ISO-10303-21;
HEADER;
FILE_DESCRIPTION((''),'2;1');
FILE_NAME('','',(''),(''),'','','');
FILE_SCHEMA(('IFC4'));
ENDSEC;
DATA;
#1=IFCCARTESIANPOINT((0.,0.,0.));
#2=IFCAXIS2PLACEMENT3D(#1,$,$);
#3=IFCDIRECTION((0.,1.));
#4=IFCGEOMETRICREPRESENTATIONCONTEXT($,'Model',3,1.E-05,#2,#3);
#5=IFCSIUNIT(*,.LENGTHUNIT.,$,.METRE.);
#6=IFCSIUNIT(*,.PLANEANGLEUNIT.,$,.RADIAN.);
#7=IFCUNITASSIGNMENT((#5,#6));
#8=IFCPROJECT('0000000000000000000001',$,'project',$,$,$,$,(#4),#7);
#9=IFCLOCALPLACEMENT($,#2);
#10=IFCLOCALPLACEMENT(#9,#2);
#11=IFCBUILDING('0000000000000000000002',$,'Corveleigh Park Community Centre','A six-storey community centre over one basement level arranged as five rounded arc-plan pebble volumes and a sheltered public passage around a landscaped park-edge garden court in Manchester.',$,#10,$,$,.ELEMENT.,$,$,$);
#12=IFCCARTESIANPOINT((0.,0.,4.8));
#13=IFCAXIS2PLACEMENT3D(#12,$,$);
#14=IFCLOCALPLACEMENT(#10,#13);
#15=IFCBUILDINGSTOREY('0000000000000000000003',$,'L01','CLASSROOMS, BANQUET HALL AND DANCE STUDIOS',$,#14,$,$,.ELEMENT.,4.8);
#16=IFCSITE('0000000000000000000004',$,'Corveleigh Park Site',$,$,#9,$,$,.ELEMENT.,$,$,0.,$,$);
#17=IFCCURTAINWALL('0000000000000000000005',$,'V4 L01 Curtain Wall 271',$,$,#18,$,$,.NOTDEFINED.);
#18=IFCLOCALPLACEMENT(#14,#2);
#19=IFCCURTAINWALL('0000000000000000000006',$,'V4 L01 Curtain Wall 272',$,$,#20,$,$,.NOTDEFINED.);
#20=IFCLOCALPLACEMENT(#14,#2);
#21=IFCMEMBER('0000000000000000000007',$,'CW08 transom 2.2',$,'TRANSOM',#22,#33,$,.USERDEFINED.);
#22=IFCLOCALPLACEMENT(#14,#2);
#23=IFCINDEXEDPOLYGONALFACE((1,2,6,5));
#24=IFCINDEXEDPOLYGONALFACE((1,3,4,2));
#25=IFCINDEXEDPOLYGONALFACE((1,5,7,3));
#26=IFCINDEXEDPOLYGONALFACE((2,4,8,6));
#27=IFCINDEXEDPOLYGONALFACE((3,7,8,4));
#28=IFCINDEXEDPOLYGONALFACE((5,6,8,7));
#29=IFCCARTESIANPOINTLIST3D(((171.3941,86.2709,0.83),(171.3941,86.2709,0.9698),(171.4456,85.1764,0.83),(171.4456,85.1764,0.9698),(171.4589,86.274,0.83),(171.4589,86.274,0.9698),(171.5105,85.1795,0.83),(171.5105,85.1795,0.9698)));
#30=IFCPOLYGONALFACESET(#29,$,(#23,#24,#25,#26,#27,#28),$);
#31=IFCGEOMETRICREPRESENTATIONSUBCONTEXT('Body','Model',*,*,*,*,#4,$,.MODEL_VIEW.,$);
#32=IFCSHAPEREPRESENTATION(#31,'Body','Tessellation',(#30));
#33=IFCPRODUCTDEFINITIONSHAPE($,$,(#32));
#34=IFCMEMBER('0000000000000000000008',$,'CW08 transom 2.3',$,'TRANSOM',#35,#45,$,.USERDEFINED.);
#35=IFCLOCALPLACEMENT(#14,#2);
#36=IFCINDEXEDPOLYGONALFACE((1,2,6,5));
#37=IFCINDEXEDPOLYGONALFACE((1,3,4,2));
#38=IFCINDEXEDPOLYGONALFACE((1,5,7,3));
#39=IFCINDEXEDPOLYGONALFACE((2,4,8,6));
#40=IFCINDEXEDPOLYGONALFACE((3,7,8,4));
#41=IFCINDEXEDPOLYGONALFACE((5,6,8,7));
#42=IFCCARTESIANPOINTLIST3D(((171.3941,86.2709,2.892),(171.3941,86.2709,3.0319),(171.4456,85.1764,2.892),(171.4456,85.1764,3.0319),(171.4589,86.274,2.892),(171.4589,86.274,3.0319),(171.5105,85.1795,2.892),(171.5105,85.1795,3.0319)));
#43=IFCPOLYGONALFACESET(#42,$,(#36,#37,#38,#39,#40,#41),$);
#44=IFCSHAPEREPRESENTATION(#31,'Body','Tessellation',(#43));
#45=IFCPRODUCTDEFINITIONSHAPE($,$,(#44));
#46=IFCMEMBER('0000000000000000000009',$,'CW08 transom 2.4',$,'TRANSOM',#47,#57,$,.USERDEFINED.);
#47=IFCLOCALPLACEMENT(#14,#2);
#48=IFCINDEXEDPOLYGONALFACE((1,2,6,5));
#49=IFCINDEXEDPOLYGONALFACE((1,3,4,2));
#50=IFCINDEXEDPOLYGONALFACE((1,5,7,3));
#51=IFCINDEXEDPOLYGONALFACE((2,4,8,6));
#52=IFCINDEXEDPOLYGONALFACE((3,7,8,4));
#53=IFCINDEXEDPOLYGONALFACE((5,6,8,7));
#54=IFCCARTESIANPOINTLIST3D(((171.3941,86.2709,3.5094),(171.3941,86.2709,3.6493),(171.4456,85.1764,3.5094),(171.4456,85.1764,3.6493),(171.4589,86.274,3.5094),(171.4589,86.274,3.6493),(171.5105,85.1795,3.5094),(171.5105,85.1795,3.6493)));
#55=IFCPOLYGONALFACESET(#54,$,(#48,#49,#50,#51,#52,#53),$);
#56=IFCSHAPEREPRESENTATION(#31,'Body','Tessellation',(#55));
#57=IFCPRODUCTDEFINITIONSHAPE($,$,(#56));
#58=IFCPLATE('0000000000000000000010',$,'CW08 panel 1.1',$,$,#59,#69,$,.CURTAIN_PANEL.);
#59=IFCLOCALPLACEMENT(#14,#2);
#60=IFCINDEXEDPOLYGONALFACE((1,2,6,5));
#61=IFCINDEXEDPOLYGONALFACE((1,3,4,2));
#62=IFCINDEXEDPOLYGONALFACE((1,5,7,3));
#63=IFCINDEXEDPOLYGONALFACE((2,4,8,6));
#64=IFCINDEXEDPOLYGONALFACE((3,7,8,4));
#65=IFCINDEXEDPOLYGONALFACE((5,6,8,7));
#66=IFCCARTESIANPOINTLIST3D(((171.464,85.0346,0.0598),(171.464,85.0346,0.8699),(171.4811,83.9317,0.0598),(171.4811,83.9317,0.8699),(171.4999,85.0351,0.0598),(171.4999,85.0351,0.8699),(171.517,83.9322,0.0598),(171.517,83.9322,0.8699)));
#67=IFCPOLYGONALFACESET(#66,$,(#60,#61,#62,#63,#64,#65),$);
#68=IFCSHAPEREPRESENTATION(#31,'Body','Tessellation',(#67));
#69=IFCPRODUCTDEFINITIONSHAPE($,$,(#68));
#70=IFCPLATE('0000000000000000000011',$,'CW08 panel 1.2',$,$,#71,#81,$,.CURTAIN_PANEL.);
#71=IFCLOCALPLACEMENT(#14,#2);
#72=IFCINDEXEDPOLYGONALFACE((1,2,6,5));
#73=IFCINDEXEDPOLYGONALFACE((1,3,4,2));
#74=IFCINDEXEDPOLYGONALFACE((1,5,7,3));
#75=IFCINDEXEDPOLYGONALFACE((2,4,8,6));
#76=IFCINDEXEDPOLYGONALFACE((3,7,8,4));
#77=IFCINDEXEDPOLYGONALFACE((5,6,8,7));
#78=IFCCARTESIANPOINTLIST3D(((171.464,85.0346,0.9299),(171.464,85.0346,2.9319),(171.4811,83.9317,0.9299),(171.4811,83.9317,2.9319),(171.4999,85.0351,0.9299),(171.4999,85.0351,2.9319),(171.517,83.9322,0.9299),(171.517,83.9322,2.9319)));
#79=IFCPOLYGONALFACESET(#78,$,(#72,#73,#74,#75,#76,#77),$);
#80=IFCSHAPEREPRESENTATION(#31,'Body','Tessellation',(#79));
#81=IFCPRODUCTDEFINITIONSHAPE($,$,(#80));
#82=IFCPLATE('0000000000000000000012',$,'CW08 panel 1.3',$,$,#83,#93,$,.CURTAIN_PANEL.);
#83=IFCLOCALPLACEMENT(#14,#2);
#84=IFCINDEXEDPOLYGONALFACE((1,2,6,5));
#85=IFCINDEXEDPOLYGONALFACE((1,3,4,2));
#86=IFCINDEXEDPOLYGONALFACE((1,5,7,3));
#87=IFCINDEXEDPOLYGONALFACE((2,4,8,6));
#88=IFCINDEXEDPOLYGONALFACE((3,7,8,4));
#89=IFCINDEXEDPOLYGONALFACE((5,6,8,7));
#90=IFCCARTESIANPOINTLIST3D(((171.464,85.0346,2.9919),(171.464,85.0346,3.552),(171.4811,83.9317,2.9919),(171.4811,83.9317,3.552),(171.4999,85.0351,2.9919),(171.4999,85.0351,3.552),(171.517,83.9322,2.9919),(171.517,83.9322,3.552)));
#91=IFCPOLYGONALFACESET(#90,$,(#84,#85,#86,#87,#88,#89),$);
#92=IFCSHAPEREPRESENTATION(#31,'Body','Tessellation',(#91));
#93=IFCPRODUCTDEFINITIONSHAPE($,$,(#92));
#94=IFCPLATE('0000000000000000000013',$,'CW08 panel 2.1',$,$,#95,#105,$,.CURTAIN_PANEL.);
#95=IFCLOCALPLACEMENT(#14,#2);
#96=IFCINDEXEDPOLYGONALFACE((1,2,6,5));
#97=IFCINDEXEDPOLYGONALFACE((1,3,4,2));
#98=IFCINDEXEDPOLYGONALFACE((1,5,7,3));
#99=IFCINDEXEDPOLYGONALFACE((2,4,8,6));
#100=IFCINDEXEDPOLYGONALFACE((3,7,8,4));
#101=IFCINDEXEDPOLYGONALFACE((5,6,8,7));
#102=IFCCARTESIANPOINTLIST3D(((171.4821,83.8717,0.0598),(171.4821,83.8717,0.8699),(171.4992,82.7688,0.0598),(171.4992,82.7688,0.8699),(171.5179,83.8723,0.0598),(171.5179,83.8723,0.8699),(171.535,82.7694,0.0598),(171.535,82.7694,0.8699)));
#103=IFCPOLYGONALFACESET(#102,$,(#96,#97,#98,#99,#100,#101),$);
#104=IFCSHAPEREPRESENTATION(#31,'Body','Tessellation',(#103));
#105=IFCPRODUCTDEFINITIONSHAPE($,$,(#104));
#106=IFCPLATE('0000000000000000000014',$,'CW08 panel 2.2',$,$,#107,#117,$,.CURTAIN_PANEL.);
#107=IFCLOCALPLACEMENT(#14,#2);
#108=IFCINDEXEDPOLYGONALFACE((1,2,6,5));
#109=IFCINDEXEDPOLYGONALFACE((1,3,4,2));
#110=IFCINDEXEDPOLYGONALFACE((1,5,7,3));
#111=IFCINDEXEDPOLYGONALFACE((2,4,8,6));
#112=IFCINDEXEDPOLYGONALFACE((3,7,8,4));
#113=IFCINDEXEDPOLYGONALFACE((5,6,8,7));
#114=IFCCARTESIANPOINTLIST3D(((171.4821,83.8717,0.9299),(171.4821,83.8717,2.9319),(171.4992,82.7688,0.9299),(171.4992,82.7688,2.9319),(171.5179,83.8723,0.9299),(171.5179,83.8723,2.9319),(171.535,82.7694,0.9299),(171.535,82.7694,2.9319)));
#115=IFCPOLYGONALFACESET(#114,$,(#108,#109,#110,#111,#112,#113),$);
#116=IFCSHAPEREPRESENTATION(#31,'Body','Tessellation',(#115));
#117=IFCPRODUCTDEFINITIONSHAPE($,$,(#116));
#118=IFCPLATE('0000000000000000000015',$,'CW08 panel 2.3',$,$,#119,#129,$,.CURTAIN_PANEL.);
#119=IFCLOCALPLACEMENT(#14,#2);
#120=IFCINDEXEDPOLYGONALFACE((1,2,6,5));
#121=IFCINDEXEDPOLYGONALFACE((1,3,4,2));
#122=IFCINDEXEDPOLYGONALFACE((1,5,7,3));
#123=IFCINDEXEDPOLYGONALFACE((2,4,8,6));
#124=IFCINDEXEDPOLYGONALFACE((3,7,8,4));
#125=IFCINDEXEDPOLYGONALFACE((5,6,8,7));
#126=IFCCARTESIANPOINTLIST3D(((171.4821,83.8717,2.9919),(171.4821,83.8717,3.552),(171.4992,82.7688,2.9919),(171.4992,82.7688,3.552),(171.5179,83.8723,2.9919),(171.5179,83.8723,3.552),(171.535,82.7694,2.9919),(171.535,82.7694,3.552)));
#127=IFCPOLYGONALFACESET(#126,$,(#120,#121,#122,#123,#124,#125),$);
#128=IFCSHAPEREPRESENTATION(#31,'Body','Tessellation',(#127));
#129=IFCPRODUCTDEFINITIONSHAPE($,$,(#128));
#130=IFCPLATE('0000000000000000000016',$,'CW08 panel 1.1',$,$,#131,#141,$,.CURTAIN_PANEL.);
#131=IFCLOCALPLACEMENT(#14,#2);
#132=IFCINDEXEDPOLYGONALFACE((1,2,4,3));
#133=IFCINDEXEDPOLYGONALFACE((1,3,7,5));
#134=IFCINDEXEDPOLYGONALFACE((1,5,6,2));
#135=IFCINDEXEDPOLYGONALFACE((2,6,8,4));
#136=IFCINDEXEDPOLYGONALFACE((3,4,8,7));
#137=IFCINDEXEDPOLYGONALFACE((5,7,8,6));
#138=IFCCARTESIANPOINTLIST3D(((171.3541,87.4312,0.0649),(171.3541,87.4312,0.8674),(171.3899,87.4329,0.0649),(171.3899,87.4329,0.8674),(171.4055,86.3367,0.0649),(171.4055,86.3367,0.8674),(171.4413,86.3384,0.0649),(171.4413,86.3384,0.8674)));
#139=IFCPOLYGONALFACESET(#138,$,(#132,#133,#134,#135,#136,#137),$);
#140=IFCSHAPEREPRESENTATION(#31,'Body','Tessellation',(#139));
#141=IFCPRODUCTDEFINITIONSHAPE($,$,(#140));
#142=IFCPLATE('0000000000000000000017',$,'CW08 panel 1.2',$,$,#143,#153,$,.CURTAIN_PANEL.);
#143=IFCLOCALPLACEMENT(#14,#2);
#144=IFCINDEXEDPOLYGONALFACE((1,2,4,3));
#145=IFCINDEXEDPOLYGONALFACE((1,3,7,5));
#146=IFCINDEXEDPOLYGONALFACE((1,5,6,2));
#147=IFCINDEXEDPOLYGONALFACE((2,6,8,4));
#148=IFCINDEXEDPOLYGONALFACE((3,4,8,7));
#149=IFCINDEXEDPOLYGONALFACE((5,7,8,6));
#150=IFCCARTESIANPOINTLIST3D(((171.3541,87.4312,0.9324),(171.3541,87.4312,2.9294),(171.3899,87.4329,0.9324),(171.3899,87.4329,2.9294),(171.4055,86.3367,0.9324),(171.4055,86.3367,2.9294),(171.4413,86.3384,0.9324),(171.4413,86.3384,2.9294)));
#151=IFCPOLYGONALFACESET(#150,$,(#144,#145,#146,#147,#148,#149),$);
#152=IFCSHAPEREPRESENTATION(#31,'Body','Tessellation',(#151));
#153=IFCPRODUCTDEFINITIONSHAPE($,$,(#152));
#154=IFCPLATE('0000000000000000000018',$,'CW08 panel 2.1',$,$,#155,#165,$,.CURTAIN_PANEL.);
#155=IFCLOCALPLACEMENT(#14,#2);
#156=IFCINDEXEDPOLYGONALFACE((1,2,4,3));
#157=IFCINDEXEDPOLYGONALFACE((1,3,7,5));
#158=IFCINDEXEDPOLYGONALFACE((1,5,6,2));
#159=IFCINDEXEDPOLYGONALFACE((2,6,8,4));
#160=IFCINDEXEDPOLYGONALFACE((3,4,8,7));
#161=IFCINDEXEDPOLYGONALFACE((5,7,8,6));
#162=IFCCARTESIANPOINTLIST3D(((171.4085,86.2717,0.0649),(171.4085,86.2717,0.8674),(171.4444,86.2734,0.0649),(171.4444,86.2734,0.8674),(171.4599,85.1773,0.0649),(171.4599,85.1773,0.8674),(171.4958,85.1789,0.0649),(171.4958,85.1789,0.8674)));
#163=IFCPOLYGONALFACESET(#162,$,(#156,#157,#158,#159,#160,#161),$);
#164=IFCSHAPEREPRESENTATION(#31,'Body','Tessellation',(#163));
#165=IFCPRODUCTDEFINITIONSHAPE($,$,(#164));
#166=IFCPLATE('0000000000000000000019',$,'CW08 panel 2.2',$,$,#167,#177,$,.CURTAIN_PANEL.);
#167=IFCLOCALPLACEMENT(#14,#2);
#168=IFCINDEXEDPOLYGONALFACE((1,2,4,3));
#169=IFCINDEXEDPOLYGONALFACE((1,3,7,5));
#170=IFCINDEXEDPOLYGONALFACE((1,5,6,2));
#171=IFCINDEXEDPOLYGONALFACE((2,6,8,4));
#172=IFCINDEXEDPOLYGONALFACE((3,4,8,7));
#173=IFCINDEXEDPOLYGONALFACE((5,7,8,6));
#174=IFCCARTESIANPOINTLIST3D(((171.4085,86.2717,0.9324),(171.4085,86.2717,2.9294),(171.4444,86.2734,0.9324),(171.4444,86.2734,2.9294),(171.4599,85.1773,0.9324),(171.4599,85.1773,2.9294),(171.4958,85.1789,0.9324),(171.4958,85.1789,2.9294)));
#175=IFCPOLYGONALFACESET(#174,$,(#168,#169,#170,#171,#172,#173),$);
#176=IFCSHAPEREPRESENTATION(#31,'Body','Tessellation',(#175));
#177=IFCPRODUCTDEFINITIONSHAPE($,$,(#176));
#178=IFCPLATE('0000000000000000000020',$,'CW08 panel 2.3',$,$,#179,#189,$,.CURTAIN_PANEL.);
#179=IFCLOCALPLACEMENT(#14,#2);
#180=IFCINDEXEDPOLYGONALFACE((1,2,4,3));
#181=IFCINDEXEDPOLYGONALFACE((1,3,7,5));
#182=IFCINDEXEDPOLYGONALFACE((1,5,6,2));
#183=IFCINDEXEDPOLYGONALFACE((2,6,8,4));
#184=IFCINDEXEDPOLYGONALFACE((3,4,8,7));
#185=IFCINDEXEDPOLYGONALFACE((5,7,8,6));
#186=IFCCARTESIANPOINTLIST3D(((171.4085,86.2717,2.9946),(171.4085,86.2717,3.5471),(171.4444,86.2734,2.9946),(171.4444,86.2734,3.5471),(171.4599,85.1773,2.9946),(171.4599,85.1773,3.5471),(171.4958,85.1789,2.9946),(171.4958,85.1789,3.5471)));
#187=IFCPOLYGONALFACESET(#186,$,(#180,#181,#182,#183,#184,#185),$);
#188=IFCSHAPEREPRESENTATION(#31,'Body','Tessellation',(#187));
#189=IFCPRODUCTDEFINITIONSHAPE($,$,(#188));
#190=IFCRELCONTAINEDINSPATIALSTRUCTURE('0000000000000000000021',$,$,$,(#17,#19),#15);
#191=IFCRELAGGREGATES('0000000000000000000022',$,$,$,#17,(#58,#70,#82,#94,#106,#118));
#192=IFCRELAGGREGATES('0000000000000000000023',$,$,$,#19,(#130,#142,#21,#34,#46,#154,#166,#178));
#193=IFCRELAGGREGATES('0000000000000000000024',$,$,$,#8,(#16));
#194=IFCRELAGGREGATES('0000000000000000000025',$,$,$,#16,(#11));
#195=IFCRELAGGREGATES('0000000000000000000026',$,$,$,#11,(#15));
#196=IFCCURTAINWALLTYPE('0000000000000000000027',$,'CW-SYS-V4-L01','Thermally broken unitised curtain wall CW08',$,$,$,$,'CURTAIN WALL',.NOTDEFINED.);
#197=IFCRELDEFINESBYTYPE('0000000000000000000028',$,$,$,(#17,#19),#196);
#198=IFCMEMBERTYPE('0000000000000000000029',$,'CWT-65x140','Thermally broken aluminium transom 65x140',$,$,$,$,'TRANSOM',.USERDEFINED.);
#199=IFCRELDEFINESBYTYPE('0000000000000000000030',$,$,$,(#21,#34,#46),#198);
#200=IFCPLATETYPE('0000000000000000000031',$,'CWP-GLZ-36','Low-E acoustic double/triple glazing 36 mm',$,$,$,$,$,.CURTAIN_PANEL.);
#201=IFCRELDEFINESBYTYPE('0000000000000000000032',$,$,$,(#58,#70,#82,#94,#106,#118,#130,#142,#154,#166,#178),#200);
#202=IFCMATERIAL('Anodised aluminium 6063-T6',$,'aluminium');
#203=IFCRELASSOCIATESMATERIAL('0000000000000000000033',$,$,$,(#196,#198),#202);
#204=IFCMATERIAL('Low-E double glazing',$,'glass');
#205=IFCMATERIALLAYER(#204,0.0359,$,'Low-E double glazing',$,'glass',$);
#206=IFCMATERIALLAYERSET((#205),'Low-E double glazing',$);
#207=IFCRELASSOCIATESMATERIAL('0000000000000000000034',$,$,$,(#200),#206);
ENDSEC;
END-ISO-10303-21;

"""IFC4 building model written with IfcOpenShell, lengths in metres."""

from ifc_helpers import new_model, si_unit, direction, frame, origin, origin_2d, place, context, subcontext, project, spatial, rectangle, extrude, material, layer, layer_set, material_profile, profile_set, type_object, element, aggregate, save


model = new_model("IFC4")

# Units and contexts
model_context = context("Model", 3, precision=1e-05, world=origin(), true_north=direction((0.0, 1.0)))
body_context = subcontext(model_context, "Body", "Model", "MODEL_VIEW")
ifc_project = project(units=[si_unit("LENGTHUNIT", "METRE"), si_unit("PLANEANGLEUNIT", "RADIAN")], contexts=[model_context])

# Site, building, storey
site_placement = place(None, origin())
site = spatial("IfcSite", under=ifc_project, at=site_placement, Name="Corveleigh Park Site", CompositionType="ELEMENT", RefElevation=0.0)
building_placement = place(site_placement, origin())
building = spatial("IfcBuilding", under=site, at=building_placement, Name="Corveleigh Park Community Centre", Description="A six-storey community centre over one basement level arranged as five rounded arc-plan pebble volumes and a sheltered public passage around a landscaped park-edge garden court in Manchester.", CompositionType="ELEMENT")
storey_placement = place(building_placement, frame((0.0, 0.0, 4.8)))
storey = spatial("IfcBuildingStorey", under=building, at=storey_placement, Name="L01", Description="CLASSROOMS, BANQUET HALL AND DANCE STUDIOS", CompositionType="ELEMENT", Elevation=4.8)

# Curtain walls
ifc_material_1 = material(Name="Anodised aluminium 6063-T6", Category="aluminium")
curtain_wall_type = type_object("IfcCurtainWallType", Name="CW-SYS-V4-L01", Description="Thermally broken unitised curtain wall CW08", ElementType="CURTAIN WALL", PredefinedType="NOTDEFINED", material=ifc_material_1)
curtain_wall_1_placement = place(storey_placement, origin())
curtain_wall_1 = element("IfcCurtainWall", 1, at=curtain_wall_1_placement, inside=storey, type_object=curtain_wall_type, Name="V4 L01 Curtain Wall 271", PredefinedType="NOTDEFINED")
curtain_wall_2_placement = place(storey_placement, origin())
curtain_wall_2 = element("IfcCurtainWall", 2, at=curtain_wall_2_placement, inside=storey, type_object=curtain_wall_type, Name="V4 L01 Curtain Wall 272", PredefinedType="NOTDEFINED")

# Members
ifc_material_profile_1 = material_profile(ifc_material_1, rectangle(XDim=0.0649, YDim=0.1399, at=origin_2d()), Name="ALU-T65x140", Category="aluminium")
ifc_profile_set_1 = profile_set([ifc_material_profile_1], Name="Anodised aluminium 6063-T6")
member_type_1 = type_object("IfcMemberType", Name="CWT-65x140", Description="Thermally broken aluminium transom 65x140", ElementType="TRANSOM", PredefinedType="USERDEFINED", material=ifc_profile_set_1)
member_1_placement = place(storey_placement, frame((171.4265, 86.2725, 0.8999), z_axis=(0.047015, -0.998894, 0.0), x_axis=(0.998894, 0.047015, 0.0)))
member_1 = element("IfcMember", 3, at=member_1_placement, type_object=member_type_1, Name="CW08 transom 2.2", ObjectType="TRANSOM", PredefinedType="USERDEFINED", context=body_context, shape_type="SweptSolid", body=[
    extrude(rectangle(XDim=0.0649, YDim=0.1399, at=origin_2d()), origin(), (0.0, 0.0, 1.0), 1.0957),
])
member_2_placement = place(storey_placement, frame((171.4265, 86.2725, 2.9619), z_axis=(0.047015, -0.998894, 0.0), x_axis=(0.998894, 0.047015, 0.0)))
member_2 = element("IfcMember", 4, at=member_2_placement, type_object=member_type_1, Name="CW08 transom 2.3", ObjectType="TRANSOM", PredefinedType="USERDEFINED", context=body_context, shape_type="SweptSolid", body=[
    extrude(rectangle(XDim=0.0649, YDim=0.1399, at=origin_2d()), origin(), (0.0, 0.0, 1.0), 1.0957),
])
member_3_placement = place(storey_placement, frame((171.4265, 86.2725, 3.5793), z_axis=(0.047015, -0.998894, 0.0), x_axis=(0.998894, 0.047015, 0.0)))
member_3 = element("IfcMember", 5, at=member_3_placement, type_object=member_type_1, Name="CW08 transom 2.4", ObjectType="TRANSOM", PredefinedType="USERDEFINED", context=body_context, shape_type="SweptSolid", body=[
    extrude(rectangle(XDim=0.0649, YDim=0.1399, at=origin_2d()), origin(), (0.0, 0.0, 1.0), 1.0957),
])

# Plates
ifc_material_2 = material(Name="Low-E double glazing", Category="glass")
ifc_layer_1 = layer(ifc_material_2, 0.0359, Name="Low-E double glazing", Category="glass")
ifc_layer_set_1 = layer_set([ifc_layer_1], Name="Low-E double glazing")
plate_type = type_object("IfcPlateType", Name="CWP-GLZ-36", Description="Low-E acoustic double/triple glazing 36 mm", PredefinedType="CURTAIN_PANEL", material=ifc_layer_set_1)
plate_1_placement = place(storey_placement, frame((171.4905, 84.4834, 0.0598), z_axis=(0.0, 0.0, 1.0), x_axis=(0.015505, -0.99988, 0.0)))
plate_1 = element("IfcPlate", 6, at=plate_1_placement, type_object=plate_type, Name="CW08 panel 1.1", PredefinedType="CURTAIN_PANEL", context=body_context, shape_type="SweptSolid", body=[
    extrude(rectangle(XDim=1.103, YDim=0.0359, at=origin_2d()), origin(), (0.0, 0.0, 1.0), 0.8101),
])
plate_2_placement = place(storey_placement, frame((171.4905, 84.4834, 0.9299), z_axis=(0.0, 0.0, 1.0), x_axis=(0.015505, -0.99988, 0.0)))
plate_2 = element("IfcPlate", 7, at=plate_2_placement, type_object=plate_type, Name="CW08 panel 1.2", PredefinedType="CURTAIN_PANEL", context=body_context, shape_type="SweptSolid", body=[
    extrude(rectangle(XDim=1.103, YDim=0.0359, at=origin_2d()), origin(), (0.0, 0.0, 1.0), 2.002),
])
plate_3_placement = place(storey_placement, frame((171.4905, 84.4834, 2.9919), z_axis=(0.0, 0.0, 1.0), x_axis=(0.015505, -0.99988, 0.0)))
plate_3 = element("IfcPlate", 8, at=plate_3_placement, type_object=plate_type, Name="CW08 panel 1.3", PredefinedType="CURTAIN_PANEL", context=body_context, shape_type="SweptSolid", body=[
    extrude(rectangle(XDim=1.103, YDim=0.0359, at=origin_2d()), origin(), (0.0, 0.0, 1.0), 0.5601),
])
plate_4_placement = place(storey_placement, frame((171.5085, 83.3206, 0.0598), z_axis=(0.0, 0.0, 1.0), x_axis=(0.015505, -0.99988, 0.0)))
plate_4 = element("IfcPlate", 9, at=plate_4_placement, type_object=plate_type, Name="CW08 panel 2.1", PredefinedType="CURTAIN_PANEL", context=body_context, shape_type="SweptSolid", body=[
    extrude(rectangle(XDim=1.103, YDim=0.0359, at=origin_2d()), origin(), (0.0, 0.0, 1.0), 0.8101),
])
plate_5_placement = place(storey_placement, frame((171.5085, 83.3206, 0.9299), z_axis=(0.0, 0.0, 1.0), x_axis=(0.015505, -0.99988, 0.0)))
plate_5 = element("IfcPlate", 10, at=plate_5_placement, type_object=plate_type, Name="CW08 panel 2.2", PredefinedType="CURTAIN_PANEL", context=body_context, shape_type="SweptSolid", body=[
    extrude(rectangle(XDim=1.103, YDim=0.0359, at=origin_2d()), origin(), (0.0, 0.0, 1.0), 2.002),
])
plate_6_placement = place(storey_placement, frame((171.5085, 83.3206, 2.9919), z_axis=(0.0, 0.0, 1.0), x_axis=(0.015505, -0.99988, 0.0)))
plate_6 = element("IfcPlate", 11, at=plate_6_placement, type_object=plate_type, Name="CW08 panel 2.3", PredefinedType="CURTAIN_PANEL", context=body_context, shape_type="SweptSolid", body=[
    extrude(rectangle(XDim=1.103, YDim=0.0359, at=origin_2d()), origin(), (0.0, 0.0, 1.0), 0.5601),
])
aggregate(curtain_wall_1, [plate_1, plate_2, plate_3, plate_4, plate_5, plate_6])
plate_7_placement = place(storey_placement, frame((171.3977, 86.8848, 0.0649), z_axis=(0.0, 0.0, 1.0), x_axis=(0.046928, -0.998898, 0.0)))
plate_7 = element("IfcPlate", 12, at=plate_7_placement, type_object=plate_type, Name="CW08 panel 1.1", PredefinedType="CURTAIN_PANEL", context=body_context, shape_type="SweptSolid", body=[
    extrude(rectangle(XDim=1.0957, YDim=0.0359, at=origin_2d()), origin(), (0.0, 0.0, 1.0), 0.8025),
])
plate_8_placement = place(storey_placement, frame((171.3977, 86.8848, 0.9324), z_axis=(0.0, 0.0, 1.0), x_axis=(0.046928, -0.998898, 0.0)))
plate_8 = element("IfcPlate", 13, at=plate_8_placement, type_object=plate_type, Name="CW08 panel 1.2", PredefinedType="CURTAIN_PANEL", context=body_context, shape_type="SweptSolid", body=[
    extrude(rectangle(XDim=1.0957, YDim=0.0359, at=origin_2d()), origin(), (0.0, 0.0, 1.0), 1.9971),
])
plate_9_placement = place(storey_placement, frame((171.4521, 85.7253, 0.0649), z_axis=(0.0, 0.0, 1.0), x_axis=(0.046928, -0.998898, 0.0)))
plate_9 = element("IfcPlate", 14, at=plate_9_placement, type_object=plate_type, Name="CW08 panel 2.1", PredefinedType="CURTAIN_PANEL", context=body_context, shape_type="SweptSolid", body=[
    extrude(rectangle(XDim=1.0957, YDim=0.0359, at=origin_2d()), origin(), (0.0, 0.0, 1.0), 0.8025),
])
plate_10_placement = place(storey_placement, frame((171.4521, 85.7253, 0.9324), z_axis=(0.0, 0.0, 1.0), x_axis=(0.046928, -0.998898, 0.0)))
plate_10 = element("IfcPlate", 15, at=plate_10_placement, type_object=plate_type, Name="CW08 panel 2.2", PredefinedType="CURTAIN_PANEL", context=body_context, shape_type="SweptSolid", body=[
    extrude(rectangle(XDim=1.0957, YDim=0.0359, at=origin_2d()), origin(), (0.0, 0.0, 1.0), 1.9971),
])
plate_11_placement = place(storey_placement, frame((171.4521, 85.7253, 2.9946), z_axis=(0.0, 0.0, 1.0), x_axis=(0.046928, -0.998898, 0.0)))
plate_11 = element("IfcPlate", 16, at=plate_11_placement, type_object=plate_type, Name="CW08 panel 2.3", PredefinedType="CURTAIN_PANEL", context=body_context, shape_type="SweptSolid", body=[
    extrude(rectangle(XDim=1.0957, YDim=0.0359, at=origin_2d()), origin(), (0.0, 0.0, 1.0), 0.5525),
])
aggregate(curtain_wall_2, [plate_7, plate_8, member_1, member_2, member_3, plate_9, plate_10, plate_11])

save(model, "model.ifc")
